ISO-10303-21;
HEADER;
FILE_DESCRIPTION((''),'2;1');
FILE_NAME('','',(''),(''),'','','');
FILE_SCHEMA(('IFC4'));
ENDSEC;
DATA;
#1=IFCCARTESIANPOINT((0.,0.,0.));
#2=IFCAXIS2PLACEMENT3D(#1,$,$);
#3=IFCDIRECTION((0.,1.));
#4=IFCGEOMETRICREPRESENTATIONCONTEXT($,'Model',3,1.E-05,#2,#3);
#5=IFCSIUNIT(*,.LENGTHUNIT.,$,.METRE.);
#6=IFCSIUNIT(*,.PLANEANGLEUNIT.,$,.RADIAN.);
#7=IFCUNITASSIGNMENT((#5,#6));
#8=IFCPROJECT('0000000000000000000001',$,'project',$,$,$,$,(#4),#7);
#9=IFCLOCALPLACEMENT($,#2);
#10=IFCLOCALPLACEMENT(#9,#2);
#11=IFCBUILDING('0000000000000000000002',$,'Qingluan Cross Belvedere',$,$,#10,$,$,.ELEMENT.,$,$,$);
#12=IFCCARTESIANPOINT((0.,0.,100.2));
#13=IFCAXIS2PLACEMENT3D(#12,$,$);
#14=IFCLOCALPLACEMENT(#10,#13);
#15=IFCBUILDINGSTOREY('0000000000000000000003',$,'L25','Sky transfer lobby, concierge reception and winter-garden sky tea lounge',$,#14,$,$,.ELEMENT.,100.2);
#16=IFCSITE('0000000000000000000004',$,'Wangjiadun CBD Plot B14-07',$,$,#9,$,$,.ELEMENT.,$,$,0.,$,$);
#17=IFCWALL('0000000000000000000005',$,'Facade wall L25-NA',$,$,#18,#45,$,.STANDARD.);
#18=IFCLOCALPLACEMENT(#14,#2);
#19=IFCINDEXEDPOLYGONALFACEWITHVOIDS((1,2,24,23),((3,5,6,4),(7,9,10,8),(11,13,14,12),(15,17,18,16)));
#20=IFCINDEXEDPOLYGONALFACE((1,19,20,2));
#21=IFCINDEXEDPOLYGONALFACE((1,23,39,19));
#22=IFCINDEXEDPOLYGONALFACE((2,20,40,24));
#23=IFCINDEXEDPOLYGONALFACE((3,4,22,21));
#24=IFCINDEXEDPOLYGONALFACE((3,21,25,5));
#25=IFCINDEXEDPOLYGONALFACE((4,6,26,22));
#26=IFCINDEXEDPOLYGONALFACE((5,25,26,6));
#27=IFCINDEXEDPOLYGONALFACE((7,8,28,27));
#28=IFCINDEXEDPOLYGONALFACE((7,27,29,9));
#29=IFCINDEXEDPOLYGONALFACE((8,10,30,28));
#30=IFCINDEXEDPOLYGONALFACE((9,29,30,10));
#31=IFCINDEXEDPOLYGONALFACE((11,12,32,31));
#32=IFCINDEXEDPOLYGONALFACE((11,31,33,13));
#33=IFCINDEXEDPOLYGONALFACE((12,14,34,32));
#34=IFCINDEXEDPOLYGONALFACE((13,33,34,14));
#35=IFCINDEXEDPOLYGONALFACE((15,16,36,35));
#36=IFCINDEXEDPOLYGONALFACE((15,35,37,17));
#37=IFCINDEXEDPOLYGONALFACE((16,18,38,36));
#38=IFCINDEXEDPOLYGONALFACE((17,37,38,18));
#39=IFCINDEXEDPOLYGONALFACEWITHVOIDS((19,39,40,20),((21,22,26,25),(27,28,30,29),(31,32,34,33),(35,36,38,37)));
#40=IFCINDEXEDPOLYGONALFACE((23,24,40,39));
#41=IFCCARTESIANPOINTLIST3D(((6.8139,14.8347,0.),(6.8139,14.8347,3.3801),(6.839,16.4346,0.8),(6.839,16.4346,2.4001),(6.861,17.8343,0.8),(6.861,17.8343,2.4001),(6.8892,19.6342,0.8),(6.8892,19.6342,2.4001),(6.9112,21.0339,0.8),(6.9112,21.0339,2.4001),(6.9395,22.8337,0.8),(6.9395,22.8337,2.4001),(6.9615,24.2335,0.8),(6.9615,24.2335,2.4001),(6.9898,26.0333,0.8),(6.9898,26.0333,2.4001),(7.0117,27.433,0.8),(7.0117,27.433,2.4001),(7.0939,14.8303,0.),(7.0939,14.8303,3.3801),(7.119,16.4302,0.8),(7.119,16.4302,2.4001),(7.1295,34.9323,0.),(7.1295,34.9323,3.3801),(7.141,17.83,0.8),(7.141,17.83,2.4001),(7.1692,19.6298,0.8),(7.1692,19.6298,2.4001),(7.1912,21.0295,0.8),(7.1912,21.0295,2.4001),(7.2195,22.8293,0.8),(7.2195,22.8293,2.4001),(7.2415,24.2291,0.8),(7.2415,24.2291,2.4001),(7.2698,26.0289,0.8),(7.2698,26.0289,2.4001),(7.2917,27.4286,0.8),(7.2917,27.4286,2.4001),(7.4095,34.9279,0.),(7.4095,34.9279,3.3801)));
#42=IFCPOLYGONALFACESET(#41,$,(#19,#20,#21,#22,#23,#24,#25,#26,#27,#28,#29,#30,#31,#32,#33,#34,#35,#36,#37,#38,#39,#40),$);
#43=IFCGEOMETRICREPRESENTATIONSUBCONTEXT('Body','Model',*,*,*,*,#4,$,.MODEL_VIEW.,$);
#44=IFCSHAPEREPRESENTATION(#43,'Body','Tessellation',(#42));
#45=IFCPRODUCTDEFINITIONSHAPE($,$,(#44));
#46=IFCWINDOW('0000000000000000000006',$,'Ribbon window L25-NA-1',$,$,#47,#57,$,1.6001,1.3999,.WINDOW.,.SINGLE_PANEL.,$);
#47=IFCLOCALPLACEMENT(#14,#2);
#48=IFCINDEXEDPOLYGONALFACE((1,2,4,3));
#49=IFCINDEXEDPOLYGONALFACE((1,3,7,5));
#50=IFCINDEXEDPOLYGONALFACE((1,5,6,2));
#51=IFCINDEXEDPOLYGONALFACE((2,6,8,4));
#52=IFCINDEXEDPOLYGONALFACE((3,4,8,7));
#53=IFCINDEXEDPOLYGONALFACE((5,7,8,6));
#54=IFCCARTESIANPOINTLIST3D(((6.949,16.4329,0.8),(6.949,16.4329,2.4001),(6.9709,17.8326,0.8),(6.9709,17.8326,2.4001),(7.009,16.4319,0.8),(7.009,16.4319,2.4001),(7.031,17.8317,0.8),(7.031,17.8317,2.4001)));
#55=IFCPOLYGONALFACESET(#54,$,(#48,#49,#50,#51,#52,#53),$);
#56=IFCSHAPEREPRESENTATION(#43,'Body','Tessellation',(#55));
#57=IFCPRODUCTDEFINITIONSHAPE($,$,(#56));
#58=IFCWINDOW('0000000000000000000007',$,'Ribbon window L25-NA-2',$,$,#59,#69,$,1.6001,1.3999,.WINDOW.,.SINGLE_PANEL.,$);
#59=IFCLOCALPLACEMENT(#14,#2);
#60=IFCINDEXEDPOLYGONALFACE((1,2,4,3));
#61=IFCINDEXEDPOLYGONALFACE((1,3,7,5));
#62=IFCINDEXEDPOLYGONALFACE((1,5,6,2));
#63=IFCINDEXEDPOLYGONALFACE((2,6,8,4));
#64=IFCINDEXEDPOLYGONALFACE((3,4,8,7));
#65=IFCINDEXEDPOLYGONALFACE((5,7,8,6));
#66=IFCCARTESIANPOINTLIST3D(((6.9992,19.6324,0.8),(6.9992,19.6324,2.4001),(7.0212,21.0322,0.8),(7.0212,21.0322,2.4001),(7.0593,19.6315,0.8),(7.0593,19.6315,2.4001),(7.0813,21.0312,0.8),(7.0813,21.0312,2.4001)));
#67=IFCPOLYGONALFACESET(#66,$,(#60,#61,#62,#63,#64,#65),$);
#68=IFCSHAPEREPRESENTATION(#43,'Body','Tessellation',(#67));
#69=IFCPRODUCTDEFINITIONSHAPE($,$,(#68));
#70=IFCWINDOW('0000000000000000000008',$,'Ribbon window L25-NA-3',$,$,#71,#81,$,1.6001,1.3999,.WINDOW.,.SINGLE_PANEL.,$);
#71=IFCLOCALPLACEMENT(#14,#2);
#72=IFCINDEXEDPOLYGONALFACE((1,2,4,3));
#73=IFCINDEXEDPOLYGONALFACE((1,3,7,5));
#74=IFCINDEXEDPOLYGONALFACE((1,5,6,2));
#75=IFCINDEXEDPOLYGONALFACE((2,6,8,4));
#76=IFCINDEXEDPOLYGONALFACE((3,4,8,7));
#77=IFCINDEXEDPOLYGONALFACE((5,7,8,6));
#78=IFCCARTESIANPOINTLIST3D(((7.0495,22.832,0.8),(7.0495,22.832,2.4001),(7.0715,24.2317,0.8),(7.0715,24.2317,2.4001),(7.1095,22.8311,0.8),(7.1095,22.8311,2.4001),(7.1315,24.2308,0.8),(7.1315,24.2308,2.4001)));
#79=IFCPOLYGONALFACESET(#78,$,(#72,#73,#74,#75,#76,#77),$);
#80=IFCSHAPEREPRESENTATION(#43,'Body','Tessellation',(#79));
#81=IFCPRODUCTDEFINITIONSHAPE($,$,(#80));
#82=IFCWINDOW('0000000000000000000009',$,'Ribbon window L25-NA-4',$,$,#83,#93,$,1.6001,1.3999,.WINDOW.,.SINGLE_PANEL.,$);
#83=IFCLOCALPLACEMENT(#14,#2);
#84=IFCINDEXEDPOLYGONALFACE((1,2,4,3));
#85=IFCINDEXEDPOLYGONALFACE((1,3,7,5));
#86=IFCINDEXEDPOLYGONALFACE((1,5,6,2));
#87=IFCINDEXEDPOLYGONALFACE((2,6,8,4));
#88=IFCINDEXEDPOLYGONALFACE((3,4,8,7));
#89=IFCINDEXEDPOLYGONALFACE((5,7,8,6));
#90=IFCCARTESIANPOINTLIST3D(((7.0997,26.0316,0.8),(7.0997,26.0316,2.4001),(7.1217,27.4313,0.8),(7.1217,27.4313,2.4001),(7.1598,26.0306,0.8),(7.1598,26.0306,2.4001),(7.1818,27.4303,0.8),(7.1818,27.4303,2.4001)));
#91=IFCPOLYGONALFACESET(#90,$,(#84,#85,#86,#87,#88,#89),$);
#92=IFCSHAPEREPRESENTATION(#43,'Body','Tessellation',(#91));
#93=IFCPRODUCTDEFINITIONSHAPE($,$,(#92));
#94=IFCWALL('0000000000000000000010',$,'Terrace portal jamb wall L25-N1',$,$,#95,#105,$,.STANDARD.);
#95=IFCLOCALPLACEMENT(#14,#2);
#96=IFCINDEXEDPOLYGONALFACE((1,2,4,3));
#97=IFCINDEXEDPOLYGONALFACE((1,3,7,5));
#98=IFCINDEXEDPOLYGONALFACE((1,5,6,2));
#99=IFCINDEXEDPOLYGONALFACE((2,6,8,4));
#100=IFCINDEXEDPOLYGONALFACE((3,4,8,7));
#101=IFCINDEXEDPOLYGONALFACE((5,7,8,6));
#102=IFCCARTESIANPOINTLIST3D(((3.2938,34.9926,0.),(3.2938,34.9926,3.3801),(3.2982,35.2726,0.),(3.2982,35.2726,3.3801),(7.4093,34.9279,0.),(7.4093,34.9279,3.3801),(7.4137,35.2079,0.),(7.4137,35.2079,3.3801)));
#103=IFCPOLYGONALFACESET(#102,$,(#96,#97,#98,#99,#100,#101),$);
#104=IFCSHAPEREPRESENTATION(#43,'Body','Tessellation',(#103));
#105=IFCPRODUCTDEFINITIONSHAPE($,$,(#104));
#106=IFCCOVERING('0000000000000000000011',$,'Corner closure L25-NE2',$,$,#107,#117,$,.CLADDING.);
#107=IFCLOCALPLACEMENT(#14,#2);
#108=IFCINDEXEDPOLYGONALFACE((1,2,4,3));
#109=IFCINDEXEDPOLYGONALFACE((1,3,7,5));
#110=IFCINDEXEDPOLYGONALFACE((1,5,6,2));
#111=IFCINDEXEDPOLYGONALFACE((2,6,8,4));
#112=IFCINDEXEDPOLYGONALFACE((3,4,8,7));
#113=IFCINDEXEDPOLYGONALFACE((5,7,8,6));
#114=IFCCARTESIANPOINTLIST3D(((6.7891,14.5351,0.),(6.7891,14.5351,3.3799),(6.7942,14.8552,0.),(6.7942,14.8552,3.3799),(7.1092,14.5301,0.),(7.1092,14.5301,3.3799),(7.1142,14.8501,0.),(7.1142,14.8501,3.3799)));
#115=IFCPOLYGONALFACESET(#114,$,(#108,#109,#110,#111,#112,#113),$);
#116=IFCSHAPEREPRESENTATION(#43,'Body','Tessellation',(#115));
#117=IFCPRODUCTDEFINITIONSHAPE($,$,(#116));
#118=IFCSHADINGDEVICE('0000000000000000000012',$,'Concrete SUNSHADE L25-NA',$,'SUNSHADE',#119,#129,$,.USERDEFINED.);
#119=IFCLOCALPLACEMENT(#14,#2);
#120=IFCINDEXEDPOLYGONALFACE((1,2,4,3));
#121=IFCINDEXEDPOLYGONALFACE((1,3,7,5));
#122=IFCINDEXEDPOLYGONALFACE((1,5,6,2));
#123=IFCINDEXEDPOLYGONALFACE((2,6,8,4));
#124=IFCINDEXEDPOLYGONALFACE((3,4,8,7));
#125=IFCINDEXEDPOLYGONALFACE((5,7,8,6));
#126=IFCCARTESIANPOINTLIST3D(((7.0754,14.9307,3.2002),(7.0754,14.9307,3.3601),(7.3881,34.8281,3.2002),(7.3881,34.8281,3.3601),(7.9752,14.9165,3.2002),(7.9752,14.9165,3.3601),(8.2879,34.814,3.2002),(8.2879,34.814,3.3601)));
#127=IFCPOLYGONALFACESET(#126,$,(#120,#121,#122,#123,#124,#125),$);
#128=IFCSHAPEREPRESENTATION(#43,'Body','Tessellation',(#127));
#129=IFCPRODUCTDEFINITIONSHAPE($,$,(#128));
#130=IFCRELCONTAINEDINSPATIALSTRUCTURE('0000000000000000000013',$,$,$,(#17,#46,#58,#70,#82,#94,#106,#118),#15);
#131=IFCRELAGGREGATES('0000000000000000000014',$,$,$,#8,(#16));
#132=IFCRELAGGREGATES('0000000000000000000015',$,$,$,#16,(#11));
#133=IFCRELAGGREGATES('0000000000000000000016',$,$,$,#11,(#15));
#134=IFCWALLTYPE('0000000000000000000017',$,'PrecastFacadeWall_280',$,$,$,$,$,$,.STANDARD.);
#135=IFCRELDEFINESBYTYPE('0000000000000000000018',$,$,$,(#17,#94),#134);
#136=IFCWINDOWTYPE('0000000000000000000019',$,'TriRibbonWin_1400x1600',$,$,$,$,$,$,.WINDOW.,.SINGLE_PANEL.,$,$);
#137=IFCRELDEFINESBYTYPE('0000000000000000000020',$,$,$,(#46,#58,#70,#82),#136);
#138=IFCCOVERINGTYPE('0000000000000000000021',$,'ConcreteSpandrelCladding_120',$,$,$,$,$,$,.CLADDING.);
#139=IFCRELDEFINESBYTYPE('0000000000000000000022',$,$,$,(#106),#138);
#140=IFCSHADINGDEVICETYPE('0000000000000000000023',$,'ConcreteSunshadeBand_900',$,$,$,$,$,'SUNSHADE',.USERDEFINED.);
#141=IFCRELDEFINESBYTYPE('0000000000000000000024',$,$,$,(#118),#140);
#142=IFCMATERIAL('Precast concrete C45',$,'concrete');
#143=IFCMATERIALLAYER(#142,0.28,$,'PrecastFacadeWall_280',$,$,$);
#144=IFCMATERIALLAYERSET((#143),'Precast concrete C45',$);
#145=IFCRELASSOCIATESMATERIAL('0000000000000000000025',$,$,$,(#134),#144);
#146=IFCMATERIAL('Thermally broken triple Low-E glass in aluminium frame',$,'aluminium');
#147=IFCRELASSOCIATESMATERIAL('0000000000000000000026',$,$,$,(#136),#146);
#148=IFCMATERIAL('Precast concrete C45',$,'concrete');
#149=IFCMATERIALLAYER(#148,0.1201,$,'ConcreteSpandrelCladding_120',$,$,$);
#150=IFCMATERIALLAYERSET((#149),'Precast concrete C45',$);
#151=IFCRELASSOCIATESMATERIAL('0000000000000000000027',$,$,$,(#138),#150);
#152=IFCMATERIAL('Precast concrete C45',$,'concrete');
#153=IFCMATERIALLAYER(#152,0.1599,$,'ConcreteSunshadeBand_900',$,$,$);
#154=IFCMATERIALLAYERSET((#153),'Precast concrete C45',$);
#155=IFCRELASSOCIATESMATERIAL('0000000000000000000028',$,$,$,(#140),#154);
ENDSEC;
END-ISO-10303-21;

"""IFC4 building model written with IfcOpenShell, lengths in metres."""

from ifc_helpers import new_model, si_unit, direction, frame, frame_2d, origin, origin_2d, place, context, subcontext, project, spatial, rectangle, extrude, material, layer, layer_set, type_object, element, fill, save


model = new_model("IFC4")

# Units and contexts
model_context = context("Model", 3, precision=1e-05, world=origin(), true_north=direction((0.0, 1.0)))
body_context = subcontext(model_context, "Body", "Model", "MODEL_VIEW")
ifc_project = project(units=[si_unit("LENGTHUNIT", "METRE"), si_unit("PLANEANGLEUNIT", "RADIAN")], contexts=[model_context])

# Site, building, storey
site_placement = place(None, origin())
site = spatial("IfcSite", under=ifc_project, at=site_placement, Name="Wangjiadun CBD Plot B14-07", CompositionType="ELEMENT", RefElevation=0.0)
building_placement = place(site_placement, origin())
building = spatial("IfcBuilding", under=site, at=building_placement, Name="Qingluan Cross Belvedere", CompositionType="ELEMENT")
storey_placement = place(building_placement, frame((0.0, 0.0, 100.2)))
storey = spatial("IfcBuildingStorey", under=building, at=storey_placement, Name="L25", Description="Sky transfer lobby, concierge reception and winter-garden sky tea lounge", CompositionType="ELEMENT", Elevation=100.2)

# Wall, openings, windows
ifc_material_1 = material(Name="Precast concrete C45", Category="concrete")
ifc_layer_1 = layer(ifc_material_1, 0.28, Name="PrecastFacadeWall_280")
ifc_layer_set_1 = layer_set([ifc_layer_1], Name="Precast concrete C45")
wall_type_1 = type_object("IfcWallType", Name="PrecastFacadeWall_280", PredefinedType="STANDARD", material=ifc_layer_set_1)
wall_1_placement = place(storey_placement, frame((6.9539, 14.8325, 0.0), z_axis=(0.0, 0.0, 1.0), x_axis=(0.015705, 0.999877, 0.0)))
wall_1 = element("IfcWall", 1, at=wall_1_placement, inside=storey, type_object=wall_type_1, Name="Facade wall L25-NA", PredefinedType="STANDARD", context=body_context, shape_type="SweptSolid", body=[
    extrude(rectangle(XDim=20.1001, YDim=0.28, at=frame_2d((10.05, 0.0))), origin(), (0.0, 0.0, 1.0), 3.3801),
])
opening_1_placement = place(wall_1_placement, frame((1.6001, 0.0, 0.8)))
opening_1 = element("IfcOpeningElement", 2, at=opening_1_placement, cuts=wall_1, PredefinedType="OPENING", context=body_context, shape_type="SweptSolid", body=[
    extrude(rectangle(XDim=1.3999, YDim=1.6001, at=frame_2d((0.7, 0.8))), frame((0.0, 0.1499, 0.0), z_axis=(0.0, -1.0, 0.0), x_axis=(1.0, 0.0, 0.0)), (0.0, 0.0, 1.0), 0.3),
])
opening_2_placement = place(wall_1_placement, frame((4.8, 0.0, 0.8)))
opening_2 = element("IfcOpeningElement", 3, at=opening_2_placement, cuts=wall_1, PredefinedType="OPENING", context=body_context, shape_type="SweptSolid", body=[
    extrude(rectangle(XDim=1.3999, YDim=1.6001, at=frame_2d((0.7, 0.8))), frame((0.0, 0.1499, 0.0), z_axis=(0.0, -1.0, 0.0), x_axis=(1.0, 0.0, 0.0)), (0.0, 0.0, 1.0), 0.3),
])
opening_3_placement = place(wall_1_placement, frame((8.0, 0.0, 0.8)))
opening_3 = element("IfcOpeningElement", 4, at=opening_3_placement, cuts=wall_1, PredefinedType="OPENING", context=body_context, shape_type="SweptSolid", body=[
    extrude(rectangle(XDim=1.3999, YDim=1.6001, at=frame_2d((0.7, 0.8))), frame((0.0, 0.1499, 0.0), z_axis=(0.0, -1.0, 0.0), x_axis=(1.0, 0.0, 0.0)), (0.0, 0.0, 1.0), 0.3),
])
opening_4_placement = place(wall_1_placement, frame((11.2, 0.0, 0.8)))
opening_4 = element("IfcOpeningElement", 5, at=opening_4_placement, cuts=wall_1, PredefinedType="OPENING", context=body_context, shape_type="SweptSolid", body=[
    extrude(rectangle(XDim=1.3999, YDim=1.6001, at=frame_2d((0.7, 0.8))), frame((0.0, 0.1499, 0.0), z_axis=(0.0, -1.0, 0.0), x_axis=(1.0, 0.0, 0.0)), (0.0, 0.0, 1.0), 0.3),
])
ifc_material_2 = material(Name="Thermally broken triple Low-E glass in aluminium frame", Category="aluminium")
window_type = type_object("IfcWindowType", Name="TriRibbonWin_1400x1600", PartitioningType="SINGLE_PANEL", PredefinedType="WINDOW", material=ifc_material_2)
window_1_placement = place(opening_1_placement, origin())
window_1 = element("IfcWindow", 6, at=window_1_placement, inside=storey, type_object=window_type, Name="Ribbon window L25-NA-1", OverallHeight=1.6001, OverallWidth=1.3999, PartitioningType="SINGLE_PANEL", PredefinedType="WINDOW", context=body_context, shape_type="SweptSolid", body=[
    extrude(rectangle(XDim=1.3999, YDim=1.6001, at=frame_2d((0.7, 0.8))), frame((0.0, 0.03, 0.0), z_axis=(0.0, -1.0, 0.0), x_axis=(1.0, 0.0, 0.0)), (0.0, 0.0, 1.0), 0.0601),
])
fill(opening_1, window_1)
window_2_placement = place(opening_2_placement, origin())
window_2 = element("IfcWindow", 7, at=window_2_placement, inside=storey, type_object=window_type, Name="Ribbon window L25-NA-2", OverallHeight=1.6001, OverallWidth=1.3999, PartitioningType="SINGLE_PANEL", PredefinedType="WINDOW", context=body_context, shape_type="SweptSolid", body=[
    extrude(rectangle(XDim=1.3999, YDim=1.6001, at=frame_2d((0.7, 0.8))), frame((0.0, 0.03, 0.0), z_axis=(0.0, -1.0, 0.0), x_axis=(1.0, 0.0, 0.0)), (0.0, 0.0, 1.0), 0.0601),
])
fill(opening_2, window_2)
window_3_placement = place(opening_3_placement, origin())
window_3 = element("IfcWindow", 8, at=window_3_placement, inside=storey, type_object=window_type, Name="Ribbon window L25-NA-3", OverallHeight=1.6001, OverallWidth=1.3999, PartitioningType="SINGLE_PANEL", PredefinedType="WINDOW", context=body_context, shape_type="SweptSolid", body=[
    extrude(rectangle(XDim=1.3999, YDim=1.6001, at=frame_2d((0.7, 0.8))), frame((0.0, 0.03, 0.0), z_axis=(0.0, -1.0, 0.0), x_axis=(1.0, 0.0, 0.0)), (0.0, 0.0, 1.0), 0.0601),
])
fill(opening_3, window_3)
window_4_placement = place(opening_4_placement, origin())
window_4 = element("IfcWindow", 9, at=window_4_placement, inside=storey, type_object=window_type, Name="Ribbon window L25-NA-4", OverallHeight=1.6001, OverallWidth=1.3999, PartitioningType="SINGLE_PANEL", PredefinedType="WINDOW", context=body_context, shape_type="SweptSolid", body=[
    extrude(rectangle(XDim=1.3999, YDim=1.6001, at=frame_2d((0.7, 0.8))), frame((0.0, 0.03, 0.0), z_axis=(0.0, -1.0, 0.0), x_axis=(1.0, 0.0, 0.0)), (0.0, 0.0, 1.0), 0.0601),
])
fill(opening_4, window_4)

# Wall
wall_2_placement = place(storey_placement, frame((7.4116, 35.0679, 0.0), z_axis=(0.0, 0.0, 1.0), x_axis=(-0.999876, 0.015719, 0.0)))
element("IfcWall", 10, at=wall_2_placement, inside=storey, type_object=wall_type_1, Name="Terrace portal jamb wall L25-N1", PredefinedType="STANDARD", context=body_context, shape_type="SweptSolid", body=[
    extrude(rectangle(XDim=4.116, YDim=0.28, at=frame_2d((2.0581, 0.0))), origin(), (0.0, 0.0, 1.0), 3.3801),
])

# Covering
ifc_material_3 = material(Name="Precast concrete C45", Category="concrete")
ifc_layer_2 = layer(ifc_material_3, 0.1201, Name="ConcreteSpandrelCladding_120")
ifc_layer_set_2 = layer_set([ifc_layer_2], Name="Precast concrete C45")
covering_type = type_object("IfcCoveringType", Name="ConcreteSpandrelCladding_120", PredefinedType="CLADDING", material=ifc_layer_set_2)
covering_placement = place(storey_placement, frame((6.9517, 14.6926, 0.0), z_axis=(0.0, 0.0, 1.0), x_axis=(0.999877, -0.015707, 0.0)))
element("IfcCovering", 11, at=covering_placement, inside=storey, type_object=covering_type, Name="Corner closure L25-NE2", PredefinedType="CLADDING", context=body_context, shape_type="SweptSolid", body=[
    extrude(rectangle(XDim=0.3201, YDim=0.3201, at=origin_2d()), origin(), (0.0, 0.0, 1.0), 3.3799),
])

# Shading device
ifc_material_4 = material(Name="Precast concrete C45", Category="concrete")
ifc_layer_3 = layer(ifc_material_4, 0.1599, Name="ConcreteSunshadeBand_900")
ifc_layer_set_3 = layer_set([ifc_layer_3], Name="Precast concrete C45")
shading_device_type = type_object("IfcShadingDeviceType", Name="ConcreteSunshadeBand_900", ElementType="SUNSHADE", PredefinedType="USERDEFINED", material=ifc_layer_set_3)
shading_device_placement = place(storey_placement, frame((7.6816, 24.8723, 3.2002), z_axis=(0.0, 0.0, 1.0), x_axis=(0.015711, 0.999877, 0.0)))
element("IfcShadingDevice", 12, at=shading_device_placement, inside=storey, type_object=shading_device_type, Name="Concrete SUNSHADE L25-NA", ObjectType="SUNSHADE", PredefinedType="USERDEFINED", context=body_context, shape_type="SweptSolid", body=[
    extrude(rectangle(XDim=19.8999, YDim=0.8999, at=origin_2d()), origin(), (0.0, 0.0, 1.0), 0.1599),
])

save(model, "model.ifc")
